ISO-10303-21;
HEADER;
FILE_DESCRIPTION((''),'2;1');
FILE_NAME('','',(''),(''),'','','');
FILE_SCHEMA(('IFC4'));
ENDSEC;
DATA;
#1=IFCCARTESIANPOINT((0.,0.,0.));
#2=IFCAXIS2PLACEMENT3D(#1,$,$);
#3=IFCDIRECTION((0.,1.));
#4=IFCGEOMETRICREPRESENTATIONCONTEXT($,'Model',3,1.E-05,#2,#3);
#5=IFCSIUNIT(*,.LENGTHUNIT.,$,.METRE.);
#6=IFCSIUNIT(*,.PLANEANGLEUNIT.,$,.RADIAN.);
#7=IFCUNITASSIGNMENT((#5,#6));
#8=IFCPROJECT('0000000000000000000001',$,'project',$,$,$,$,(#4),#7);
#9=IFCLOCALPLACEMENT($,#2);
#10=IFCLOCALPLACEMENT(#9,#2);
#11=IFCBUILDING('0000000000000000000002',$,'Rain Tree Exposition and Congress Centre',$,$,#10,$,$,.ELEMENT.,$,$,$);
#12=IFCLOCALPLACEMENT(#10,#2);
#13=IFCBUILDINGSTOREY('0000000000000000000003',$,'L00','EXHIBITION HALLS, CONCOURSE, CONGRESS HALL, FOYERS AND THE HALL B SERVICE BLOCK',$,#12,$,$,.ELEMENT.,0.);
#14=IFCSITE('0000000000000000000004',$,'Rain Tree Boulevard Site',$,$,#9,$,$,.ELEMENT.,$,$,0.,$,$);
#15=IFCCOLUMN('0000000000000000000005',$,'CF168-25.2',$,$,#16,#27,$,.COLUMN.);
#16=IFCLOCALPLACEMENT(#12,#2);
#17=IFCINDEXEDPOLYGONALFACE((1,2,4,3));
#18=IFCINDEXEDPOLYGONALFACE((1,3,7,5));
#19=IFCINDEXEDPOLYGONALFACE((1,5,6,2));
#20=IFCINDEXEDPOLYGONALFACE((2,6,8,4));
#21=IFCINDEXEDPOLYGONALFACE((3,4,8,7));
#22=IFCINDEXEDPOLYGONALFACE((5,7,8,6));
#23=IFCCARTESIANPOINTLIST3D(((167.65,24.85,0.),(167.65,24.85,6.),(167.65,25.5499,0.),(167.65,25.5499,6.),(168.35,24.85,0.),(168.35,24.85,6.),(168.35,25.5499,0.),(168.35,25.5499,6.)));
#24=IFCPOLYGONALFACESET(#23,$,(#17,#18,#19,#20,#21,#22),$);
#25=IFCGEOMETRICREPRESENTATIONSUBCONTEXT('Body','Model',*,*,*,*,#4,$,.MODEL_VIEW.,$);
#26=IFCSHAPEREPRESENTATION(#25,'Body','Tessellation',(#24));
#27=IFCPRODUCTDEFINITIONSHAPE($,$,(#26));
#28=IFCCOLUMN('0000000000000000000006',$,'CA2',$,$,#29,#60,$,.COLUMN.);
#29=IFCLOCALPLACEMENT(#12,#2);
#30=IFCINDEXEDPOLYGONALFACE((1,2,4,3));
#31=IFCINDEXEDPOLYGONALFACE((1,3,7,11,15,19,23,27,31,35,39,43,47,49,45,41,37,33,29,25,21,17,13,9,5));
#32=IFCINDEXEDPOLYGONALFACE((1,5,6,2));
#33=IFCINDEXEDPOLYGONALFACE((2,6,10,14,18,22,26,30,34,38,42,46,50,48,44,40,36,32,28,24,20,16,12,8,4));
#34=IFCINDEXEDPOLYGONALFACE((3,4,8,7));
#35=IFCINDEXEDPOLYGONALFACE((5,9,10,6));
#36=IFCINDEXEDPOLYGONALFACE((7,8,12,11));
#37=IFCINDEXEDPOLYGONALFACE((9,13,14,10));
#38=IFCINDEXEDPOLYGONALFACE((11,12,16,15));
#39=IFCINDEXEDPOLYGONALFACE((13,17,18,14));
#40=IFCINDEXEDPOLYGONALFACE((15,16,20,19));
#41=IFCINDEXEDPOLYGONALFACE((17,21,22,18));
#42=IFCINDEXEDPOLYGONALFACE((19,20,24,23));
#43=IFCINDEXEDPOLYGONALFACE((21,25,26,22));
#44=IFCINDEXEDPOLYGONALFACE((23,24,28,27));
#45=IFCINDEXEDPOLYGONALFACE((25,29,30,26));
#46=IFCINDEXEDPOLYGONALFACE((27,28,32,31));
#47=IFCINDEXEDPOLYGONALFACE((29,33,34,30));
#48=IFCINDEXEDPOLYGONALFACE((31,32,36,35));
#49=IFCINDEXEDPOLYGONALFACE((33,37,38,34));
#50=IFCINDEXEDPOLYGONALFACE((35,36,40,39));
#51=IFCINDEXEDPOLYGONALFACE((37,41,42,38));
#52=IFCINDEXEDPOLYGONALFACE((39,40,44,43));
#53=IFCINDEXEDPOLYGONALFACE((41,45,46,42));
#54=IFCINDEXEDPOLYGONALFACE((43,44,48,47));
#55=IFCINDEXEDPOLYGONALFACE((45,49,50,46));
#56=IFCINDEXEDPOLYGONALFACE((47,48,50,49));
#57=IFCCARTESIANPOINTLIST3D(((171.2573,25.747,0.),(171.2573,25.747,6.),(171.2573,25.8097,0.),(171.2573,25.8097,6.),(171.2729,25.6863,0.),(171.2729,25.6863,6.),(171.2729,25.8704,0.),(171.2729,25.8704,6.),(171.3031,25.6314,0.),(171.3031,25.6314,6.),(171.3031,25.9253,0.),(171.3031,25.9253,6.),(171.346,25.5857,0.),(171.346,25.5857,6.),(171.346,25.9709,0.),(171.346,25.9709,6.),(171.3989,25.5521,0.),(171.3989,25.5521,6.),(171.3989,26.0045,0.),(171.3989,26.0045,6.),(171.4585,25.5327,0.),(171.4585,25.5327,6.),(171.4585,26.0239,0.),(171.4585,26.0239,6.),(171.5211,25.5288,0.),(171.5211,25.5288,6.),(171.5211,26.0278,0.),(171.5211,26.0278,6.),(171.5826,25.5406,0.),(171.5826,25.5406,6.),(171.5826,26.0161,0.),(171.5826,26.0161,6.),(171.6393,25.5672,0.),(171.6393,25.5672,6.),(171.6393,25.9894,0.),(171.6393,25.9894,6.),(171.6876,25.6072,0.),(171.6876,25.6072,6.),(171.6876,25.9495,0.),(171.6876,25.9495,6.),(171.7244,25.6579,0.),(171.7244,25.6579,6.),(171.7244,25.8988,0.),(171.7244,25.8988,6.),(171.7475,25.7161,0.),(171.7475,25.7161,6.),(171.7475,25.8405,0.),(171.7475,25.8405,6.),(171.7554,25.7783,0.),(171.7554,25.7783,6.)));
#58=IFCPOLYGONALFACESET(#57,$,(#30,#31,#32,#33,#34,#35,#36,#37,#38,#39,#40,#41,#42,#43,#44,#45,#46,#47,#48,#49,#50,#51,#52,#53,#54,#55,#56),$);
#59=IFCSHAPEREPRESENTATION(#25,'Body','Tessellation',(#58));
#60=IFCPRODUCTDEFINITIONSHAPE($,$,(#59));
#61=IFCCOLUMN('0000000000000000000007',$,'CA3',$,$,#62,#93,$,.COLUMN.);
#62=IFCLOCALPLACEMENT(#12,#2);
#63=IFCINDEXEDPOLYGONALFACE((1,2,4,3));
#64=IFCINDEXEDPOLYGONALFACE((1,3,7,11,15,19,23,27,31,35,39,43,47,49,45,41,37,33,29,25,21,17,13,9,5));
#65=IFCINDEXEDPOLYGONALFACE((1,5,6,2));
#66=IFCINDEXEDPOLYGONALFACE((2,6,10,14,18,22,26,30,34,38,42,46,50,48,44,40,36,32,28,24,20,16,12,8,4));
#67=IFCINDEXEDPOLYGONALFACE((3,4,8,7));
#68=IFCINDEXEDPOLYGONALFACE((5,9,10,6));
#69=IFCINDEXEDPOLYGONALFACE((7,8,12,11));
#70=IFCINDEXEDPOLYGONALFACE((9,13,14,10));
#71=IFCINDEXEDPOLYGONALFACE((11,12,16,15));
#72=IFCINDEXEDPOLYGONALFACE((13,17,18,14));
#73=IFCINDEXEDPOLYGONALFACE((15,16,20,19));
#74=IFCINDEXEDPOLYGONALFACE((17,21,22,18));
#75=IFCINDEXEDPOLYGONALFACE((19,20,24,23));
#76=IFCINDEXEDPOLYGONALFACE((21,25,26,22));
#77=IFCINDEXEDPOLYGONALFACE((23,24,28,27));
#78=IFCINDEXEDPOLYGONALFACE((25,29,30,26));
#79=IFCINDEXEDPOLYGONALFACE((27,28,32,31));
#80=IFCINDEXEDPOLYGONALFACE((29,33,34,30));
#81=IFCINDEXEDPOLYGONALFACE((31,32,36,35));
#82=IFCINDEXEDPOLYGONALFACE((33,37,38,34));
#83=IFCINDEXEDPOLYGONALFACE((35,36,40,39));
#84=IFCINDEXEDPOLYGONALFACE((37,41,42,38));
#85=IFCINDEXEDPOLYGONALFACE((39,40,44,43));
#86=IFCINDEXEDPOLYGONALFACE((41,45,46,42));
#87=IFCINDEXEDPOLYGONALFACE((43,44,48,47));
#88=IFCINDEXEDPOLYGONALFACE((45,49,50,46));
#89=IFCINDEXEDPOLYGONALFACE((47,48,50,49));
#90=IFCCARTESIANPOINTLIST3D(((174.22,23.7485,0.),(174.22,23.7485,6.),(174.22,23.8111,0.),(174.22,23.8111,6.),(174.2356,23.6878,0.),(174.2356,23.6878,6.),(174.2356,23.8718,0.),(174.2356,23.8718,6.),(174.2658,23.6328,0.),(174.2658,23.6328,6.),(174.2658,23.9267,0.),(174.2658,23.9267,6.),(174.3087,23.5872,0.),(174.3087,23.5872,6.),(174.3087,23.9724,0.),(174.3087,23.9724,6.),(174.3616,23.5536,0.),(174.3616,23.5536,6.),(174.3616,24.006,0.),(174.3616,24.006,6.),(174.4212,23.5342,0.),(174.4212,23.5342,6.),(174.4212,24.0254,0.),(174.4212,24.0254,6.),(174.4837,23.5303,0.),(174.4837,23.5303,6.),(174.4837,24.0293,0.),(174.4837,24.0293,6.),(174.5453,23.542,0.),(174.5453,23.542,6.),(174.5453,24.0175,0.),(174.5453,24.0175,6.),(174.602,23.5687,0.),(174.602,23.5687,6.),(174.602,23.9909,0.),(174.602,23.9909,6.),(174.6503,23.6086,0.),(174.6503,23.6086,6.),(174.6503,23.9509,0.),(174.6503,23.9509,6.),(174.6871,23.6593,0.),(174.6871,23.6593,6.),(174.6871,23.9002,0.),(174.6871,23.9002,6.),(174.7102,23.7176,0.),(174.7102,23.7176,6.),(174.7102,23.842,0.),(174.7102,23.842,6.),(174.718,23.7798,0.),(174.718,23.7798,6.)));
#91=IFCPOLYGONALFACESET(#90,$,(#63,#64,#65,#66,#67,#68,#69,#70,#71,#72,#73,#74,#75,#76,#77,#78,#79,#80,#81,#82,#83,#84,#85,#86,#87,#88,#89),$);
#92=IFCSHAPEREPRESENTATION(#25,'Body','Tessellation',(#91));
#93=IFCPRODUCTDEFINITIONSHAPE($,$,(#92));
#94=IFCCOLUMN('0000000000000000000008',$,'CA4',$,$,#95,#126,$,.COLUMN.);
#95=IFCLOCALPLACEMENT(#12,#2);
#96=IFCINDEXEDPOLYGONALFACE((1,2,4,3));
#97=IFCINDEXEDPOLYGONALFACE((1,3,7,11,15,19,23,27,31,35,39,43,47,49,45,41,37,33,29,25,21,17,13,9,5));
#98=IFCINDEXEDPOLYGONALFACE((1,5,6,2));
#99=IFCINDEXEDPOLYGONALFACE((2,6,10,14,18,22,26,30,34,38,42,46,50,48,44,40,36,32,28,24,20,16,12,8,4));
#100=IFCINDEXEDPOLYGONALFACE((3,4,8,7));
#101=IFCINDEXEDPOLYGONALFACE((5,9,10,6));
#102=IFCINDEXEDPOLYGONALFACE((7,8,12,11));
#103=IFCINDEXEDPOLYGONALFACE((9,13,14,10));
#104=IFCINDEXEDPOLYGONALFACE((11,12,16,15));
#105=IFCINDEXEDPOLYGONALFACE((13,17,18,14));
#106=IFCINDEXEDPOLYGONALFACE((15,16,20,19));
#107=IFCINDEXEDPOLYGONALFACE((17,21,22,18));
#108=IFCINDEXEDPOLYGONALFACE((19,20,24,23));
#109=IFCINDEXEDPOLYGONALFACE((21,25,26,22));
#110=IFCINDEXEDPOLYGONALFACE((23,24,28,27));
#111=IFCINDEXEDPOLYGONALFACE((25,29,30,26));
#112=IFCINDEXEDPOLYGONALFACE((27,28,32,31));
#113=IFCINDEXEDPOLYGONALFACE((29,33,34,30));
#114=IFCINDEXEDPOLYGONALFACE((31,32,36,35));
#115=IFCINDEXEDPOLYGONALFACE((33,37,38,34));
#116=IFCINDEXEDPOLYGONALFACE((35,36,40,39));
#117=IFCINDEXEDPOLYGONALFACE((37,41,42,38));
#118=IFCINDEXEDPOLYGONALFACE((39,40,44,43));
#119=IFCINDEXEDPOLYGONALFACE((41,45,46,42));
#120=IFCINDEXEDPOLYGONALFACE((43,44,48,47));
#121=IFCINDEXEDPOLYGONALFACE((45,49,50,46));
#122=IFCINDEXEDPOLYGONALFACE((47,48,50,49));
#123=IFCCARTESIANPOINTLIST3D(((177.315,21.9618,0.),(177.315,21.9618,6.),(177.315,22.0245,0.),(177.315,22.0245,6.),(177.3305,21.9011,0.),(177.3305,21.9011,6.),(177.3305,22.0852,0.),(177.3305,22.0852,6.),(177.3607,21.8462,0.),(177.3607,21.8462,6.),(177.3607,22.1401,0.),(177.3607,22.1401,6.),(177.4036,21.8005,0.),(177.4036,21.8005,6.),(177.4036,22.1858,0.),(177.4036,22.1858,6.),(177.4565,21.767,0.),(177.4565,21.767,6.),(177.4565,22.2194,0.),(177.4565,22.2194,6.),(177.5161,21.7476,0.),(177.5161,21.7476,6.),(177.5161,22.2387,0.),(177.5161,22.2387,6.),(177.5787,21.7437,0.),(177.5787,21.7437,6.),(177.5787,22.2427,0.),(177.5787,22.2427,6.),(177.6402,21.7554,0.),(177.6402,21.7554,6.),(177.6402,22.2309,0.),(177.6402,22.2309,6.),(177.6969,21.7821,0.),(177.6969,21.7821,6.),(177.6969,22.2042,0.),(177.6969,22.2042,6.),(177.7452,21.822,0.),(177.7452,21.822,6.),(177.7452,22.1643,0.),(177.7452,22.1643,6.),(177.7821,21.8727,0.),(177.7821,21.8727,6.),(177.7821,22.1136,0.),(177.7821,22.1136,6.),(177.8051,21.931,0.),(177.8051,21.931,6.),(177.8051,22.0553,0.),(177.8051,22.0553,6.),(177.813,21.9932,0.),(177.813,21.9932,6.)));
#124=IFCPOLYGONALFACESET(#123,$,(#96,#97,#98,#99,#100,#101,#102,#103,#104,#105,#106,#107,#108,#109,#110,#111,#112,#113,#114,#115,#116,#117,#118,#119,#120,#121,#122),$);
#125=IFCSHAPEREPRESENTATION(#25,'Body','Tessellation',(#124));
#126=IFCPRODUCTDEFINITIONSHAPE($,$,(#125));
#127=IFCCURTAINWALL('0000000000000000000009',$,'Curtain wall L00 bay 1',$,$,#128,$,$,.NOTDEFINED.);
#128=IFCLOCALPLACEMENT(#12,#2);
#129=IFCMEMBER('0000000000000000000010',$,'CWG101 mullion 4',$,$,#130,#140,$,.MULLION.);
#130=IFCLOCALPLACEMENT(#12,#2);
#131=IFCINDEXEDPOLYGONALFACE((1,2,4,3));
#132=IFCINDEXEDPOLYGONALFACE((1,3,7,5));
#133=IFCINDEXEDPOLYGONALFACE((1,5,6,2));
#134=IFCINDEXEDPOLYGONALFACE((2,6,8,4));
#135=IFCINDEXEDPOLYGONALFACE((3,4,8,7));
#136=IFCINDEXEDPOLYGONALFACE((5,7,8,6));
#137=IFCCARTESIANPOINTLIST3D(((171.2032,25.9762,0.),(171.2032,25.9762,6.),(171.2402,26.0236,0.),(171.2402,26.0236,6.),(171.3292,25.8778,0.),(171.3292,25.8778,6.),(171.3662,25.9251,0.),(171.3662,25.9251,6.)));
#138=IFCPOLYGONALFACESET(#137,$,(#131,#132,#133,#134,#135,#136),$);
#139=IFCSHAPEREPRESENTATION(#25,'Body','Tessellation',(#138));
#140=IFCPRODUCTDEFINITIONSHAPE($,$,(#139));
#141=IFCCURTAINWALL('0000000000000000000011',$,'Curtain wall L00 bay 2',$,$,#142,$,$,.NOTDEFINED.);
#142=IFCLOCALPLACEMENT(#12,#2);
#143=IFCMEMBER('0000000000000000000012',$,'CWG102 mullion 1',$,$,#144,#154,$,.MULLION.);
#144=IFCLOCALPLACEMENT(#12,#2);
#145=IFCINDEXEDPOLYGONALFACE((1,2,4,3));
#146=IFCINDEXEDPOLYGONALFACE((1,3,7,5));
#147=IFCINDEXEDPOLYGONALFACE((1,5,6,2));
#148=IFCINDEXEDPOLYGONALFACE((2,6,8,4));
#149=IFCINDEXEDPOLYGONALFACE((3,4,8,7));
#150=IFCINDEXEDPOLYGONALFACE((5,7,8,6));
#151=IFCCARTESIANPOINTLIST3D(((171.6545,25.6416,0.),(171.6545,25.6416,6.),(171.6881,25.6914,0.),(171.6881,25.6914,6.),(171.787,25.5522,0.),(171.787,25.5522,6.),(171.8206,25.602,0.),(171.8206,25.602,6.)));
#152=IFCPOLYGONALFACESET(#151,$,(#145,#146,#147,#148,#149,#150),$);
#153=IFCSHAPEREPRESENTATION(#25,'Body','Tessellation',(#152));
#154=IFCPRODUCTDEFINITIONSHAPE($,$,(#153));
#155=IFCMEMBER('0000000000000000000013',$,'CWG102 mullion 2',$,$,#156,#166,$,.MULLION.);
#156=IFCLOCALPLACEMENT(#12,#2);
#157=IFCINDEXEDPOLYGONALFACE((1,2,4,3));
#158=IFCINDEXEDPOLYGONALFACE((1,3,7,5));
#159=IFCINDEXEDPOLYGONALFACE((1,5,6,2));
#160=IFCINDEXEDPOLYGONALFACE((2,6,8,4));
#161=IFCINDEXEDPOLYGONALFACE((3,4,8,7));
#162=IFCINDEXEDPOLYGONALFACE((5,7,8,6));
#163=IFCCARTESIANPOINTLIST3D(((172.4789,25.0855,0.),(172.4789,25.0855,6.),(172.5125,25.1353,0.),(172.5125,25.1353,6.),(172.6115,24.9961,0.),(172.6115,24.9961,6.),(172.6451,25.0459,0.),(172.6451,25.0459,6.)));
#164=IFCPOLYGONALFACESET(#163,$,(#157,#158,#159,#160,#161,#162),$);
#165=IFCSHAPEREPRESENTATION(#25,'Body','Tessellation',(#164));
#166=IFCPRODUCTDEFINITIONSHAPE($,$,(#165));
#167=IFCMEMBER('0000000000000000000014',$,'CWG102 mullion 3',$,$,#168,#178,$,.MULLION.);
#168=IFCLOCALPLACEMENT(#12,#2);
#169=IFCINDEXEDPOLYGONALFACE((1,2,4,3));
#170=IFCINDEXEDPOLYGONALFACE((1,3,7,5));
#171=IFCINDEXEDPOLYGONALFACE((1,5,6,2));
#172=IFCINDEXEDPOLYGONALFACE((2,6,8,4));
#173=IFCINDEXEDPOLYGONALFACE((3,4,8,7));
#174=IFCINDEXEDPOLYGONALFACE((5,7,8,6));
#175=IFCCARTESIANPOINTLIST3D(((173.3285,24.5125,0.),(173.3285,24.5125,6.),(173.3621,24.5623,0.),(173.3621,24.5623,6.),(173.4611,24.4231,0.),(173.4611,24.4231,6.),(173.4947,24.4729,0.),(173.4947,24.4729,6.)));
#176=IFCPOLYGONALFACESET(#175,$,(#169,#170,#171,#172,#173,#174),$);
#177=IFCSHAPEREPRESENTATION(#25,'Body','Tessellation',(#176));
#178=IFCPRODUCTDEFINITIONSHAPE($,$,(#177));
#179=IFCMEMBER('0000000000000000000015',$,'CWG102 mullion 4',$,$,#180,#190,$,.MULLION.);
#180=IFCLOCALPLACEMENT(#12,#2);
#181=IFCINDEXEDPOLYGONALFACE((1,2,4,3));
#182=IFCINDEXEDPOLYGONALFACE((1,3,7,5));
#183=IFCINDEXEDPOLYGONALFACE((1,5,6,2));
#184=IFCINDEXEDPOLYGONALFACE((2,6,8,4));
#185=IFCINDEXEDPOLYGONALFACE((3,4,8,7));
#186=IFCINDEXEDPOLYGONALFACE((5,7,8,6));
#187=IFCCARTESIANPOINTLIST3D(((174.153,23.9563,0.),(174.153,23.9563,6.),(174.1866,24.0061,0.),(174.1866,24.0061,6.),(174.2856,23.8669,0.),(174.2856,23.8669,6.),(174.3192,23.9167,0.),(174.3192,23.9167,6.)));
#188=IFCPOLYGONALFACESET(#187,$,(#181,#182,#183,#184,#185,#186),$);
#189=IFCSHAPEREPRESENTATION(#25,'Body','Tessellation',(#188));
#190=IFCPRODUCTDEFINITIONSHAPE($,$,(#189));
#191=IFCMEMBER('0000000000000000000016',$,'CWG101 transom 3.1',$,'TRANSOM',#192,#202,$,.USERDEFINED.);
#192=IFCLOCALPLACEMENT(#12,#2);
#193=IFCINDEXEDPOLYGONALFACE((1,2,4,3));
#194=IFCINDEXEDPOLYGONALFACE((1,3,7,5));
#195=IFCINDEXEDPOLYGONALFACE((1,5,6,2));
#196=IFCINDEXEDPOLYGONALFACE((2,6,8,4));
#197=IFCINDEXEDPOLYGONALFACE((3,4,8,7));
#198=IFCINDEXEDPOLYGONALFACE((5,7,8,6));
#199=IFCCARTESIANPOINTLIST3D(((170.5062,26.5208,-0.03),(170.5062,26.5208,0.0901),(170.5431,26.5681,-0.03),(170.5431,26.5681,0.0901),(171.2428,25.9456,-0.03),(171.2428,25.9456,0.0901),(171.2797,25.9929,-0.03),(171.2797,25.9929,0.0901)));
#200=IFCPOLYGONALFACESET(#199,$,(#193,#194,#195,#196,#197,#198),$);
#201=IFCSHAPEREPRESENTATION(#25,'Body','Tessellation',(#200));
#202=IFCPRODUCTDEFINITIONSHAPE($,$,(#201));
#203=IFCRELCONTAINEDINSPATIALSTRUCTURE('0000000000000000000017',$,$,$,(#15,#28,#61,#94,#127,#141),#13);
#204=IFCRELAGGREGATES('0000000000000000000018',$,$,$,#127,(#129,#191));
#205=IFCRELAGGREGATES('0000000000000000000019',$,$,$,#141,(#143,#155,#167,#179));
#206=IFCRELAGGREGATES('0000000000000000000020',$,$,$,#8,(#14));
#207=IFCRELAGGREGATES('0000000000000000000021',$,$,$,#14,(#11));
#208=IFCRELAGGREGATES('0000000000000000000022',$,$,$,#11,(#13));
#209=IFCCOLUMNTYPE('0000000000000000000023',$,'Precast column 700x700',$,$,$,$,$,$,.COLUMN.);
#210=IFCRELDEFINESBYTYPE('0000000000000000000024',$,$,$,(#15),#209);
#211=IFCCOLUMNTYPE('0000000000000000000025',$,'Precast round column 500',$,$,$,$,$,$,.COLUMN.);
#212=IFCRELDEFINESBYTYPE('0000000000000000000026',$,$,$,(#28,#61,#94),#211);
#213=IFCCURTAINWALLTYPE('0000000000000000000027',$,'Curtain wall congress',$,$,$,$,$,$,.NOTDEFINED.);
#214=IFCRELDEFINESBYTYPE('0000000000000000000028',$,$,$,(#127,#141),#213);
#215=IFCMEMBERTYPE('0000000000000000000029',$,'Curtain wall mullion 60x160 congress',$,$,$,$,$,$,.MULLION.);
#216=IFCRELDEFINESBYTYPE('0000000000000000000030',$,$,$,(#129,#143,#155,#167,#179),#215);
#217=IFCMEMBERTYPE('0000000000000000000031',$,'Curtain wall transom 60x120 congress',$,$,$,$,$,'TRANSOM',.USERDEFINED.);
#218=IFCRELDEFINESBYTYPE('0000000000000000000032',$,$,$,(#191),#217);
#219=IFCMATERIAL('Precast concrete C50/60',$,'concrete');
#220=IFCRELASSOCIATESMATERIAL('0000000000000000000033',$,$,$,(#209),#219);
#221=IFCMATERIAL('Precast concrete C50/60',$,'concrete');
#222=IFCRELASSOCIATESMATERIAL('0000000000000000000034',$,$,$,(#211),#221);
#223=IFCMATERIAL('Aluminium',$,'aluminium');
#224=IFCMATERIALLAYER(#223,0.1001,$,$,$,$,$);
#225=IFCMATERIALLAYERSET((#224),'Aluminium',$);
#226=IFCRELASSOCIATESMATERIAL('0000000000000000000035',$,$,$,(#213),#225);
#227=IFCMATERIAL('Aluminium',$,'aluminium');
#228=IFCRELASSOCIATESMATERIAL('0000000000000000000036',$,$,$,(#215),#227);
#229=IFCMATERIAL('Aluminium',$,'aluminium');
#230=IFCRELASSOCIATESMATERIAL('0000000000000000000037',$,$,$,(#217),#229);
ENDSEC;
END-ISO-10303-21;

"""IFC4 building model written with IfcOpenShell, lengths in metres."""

from ifc_helpers import new_model, si_unit, direction, frame, origin, origin_2d, place, context, subcontext, project, spatial, rectangle, circle, extrude, material, layer, layer_set, material_profile, profile_set, type_object, element, aggregate, save


model = new_model("IFC4")

# Units and contexts
model_context = context("Model", 3, precision=1e-05, world=origin(), true_north=direction((0.0, 1.0)))
body_context = subcontext(model_context, "Body", "Model", "MODEL_VIEW")
ifc_project = project(units=[si_unit("LENGTHUNIT", "METRE"), si_unit("PLANEANGLEUNIT", "RADIAN")], contexts=[model_context])

# Site, building, storey
site_placement = place(None, origin())
site = spatial("IfcSite", under=ifc_project, at=site_placement, Name="Rain Tree Boulevard Site", CompositionType="ELEMENT", RefElevation=0.0)
building_placement = place(site_placement, origin())
building = spatial("IfcBuilding", under=site, at=building_placement, Name="Rain Tree Exposition and Congress Centre", CompositionType="ELEMENT")
storey_placement = place(building_placement, origin())
storey = spatial("IfcBuildingStorey", under=building, at=storey_placement, Name="L00", Description="EXHIBITION HALLS, CONCOURSE, CONGRESS HALL, FOYERS AND THE HALL B SERVICE BLOCK", CompositionType="ELEMENT", Elevation=0.0)

# Columns
ifc_material_1 = material(Name="Precast concrete C50/60", Category="concrete")
ifc_material_profile_1 = material_profile(ifc_material_1, rectangle(XDim=0.7, YDim=0.7, at=origin_2d()), Name="RC 700x700")
ifc_profile_set_1 = profile_set([ifc_material_profile_1], Name="Precast concrete C50/60")
column_type_1 = type_object("IfcColumnType", Name="Precast column 700x700", PredefinedType="COLUMN", material=ifc_profile_set_1)
column_placement = place(storey_placement, frame((168.0, 25.2, 0.0), z_axis=(0.0, 0.0, 1.0), x_axis=(1.0, 0.0, 0.0)))
element("IfcColumn", 1, at=column_placement, inside=storey, type_object=column_type_1, Name="CF168-25.2", PredefinedType="COLUMN", context=body_context, shape_type="SweptSolid", body=[
    extrude(rectangle(XDim=0.7, YDim=0.7, at=origin_2d()), origin(), (0.0, 0.0, 1.0), 6.0),
])
ifc_material_2 = material(Name="Precast concrete C50/60", Category="concrete")
ifc_material_profile_2 = material_profile(ifc_material_2, circle(Radius=0.25, at=origin_2d()), Name="RC D500")
ifc_profile_set_2 = profile_set([ifc_material_profile_2], Name="Precast concrete C50/60")
column_type_2 = type_object("IfcColumnType", Name="Precast round column 500", PredefinedType="COLUMN", material=ifc_profile_set_2)
for number, where, z_axis, x_axis, name in (
    (2, (171.5054, 25.7783, 0.0), (0.0, 0.0, 1.0), (1.0, 0.0, 0.0), "CA2"),
    (3, (174.468, 23.7798, 0.0), (0.0, 0.0, 1.0), (1.0, 0.0, 0.0), "CA3"),
    (4, (177.563, 21.9932, 0.0), (0.0, 0.0, 1.0), (1.0, 0.0, 0.0), "CA4"),
):
    element("IfcColumn", number, at=place(storey_placement, frame(where, z_axis=z_axis, x_axis=x_axis)), inside=storey, type_object=column_type_2, Name=name, PredefinedType="COLUMN", context=body_context, shape_type="SweptSolid", body=[
        extrude(circle(Radius=0.25, at=origin_2d()), origin(), (0.0, 0.0, 1.0), 6.0),
    ])

# Curtain wall, member
ifc_material_3 = material(Name="Aluminium", Category="aluminium")
ifc_layer_1 = layer(ifc_material_3, 0.1001)
ifc_layer_set_1 = layer_set([ifc_layer_1], Name="Aluminium")
curtain_wall_type = type_object("IfcCurtainWallType", Name="Curtain wall congress", PredefinedType="NOTDEFINED", material=ifc_layer_set_1)
curtain_wall_1_placement = place(storey_placement, origin())
curtain_wall_1 = element("IfcCurtainWall", 5, at=curtain_wall_1_placement, inside=storey, type_object=curtain_wall_type, Name="Curtain wall L00 bay 1", PredefinedType="NOTDEFINED")
ifc_material_4 = material(Name="Aluminium", Category="aluminium")
ifc_material_profile_3 = material_profile(ifc_material_4, rectangle(XDim=0.0601, YDim=0.1599, at=origin_2d()), Name="AL 60x160")
ifc_profile_set_3 = profile_set([ifc_material_profile_3], Name="Aluminium")
member_type_1 = type_object("IfcMemberType", Name="Curtain wall mullion 60x160 congress", PredefinedType="MULLION", material=ifc_profile_set_3)
member_1_placement = place(storey_placement, frame((171.2847, 25.9507, 0.0), z_axis=(0.0, 0.0, 1.0), x_axis=(0.615671, 0.788003, 0.0)))
member_1 = element("IfcMember", 6, at=member_1_placement, type_object=member_type_1, Name="CWG101 mullion 4", PredefinedType="MULLION", context=body_context, shape_type="SweptSolid", body=[
    extrude(rectangle(XDim=0.0601, YDim=0.1599, at=origin_2d()), origin(), (0.0, 0.0, 1.0), 6.0),
])

# Curtain wall, members
curtain_wall_2_placement = place(storey_placement, origin())
curtain_wall_2 = element("IfcCurtainWall", 7, at=curtain_wall_2_placement, inside=storey, type_object=curtain_wall_type, Name="Curtain wall L00 bay 2", PredefinedType="NOTDEFINED")
member_2_placement = place(storey_placement, frame((171.7375, 25.6218, 0.0), z_axis=(0.0, 0.0, 1.0), x_axis=(0.559197, 0.829035, 0.0)))
member_2 = element("IfcMember", 8, at=member_2_placement, type_object=member_type_1, Name="CWG102 mullion 1", PredefinedType="MULLION", context=body_context, shape_type="SweptSolid", body=[
    extrude(rectangle(XDim=0.0601, YDim=0.1599, at=origin_2d()), origin(), (0.0, 0.0, 1.0), 6.0),
])
member_3_placement = place(storey_placement, frame((172.562, 25.0657, 0.0), z_axis=(0.0, 0.0, 1.0), x_axis=(0.559197, 0.829035, 0.0)))
member_3 = element("IfcMember", 9, at=member_3_placement, type_object=member_type_1, Name="CWG102 mullion 2", PredefinedType="MULLION", context=body_context, shape_type="SweptSolid", body=[
    extrude(rectangle(XDim=0.0601, YDim=0.1599, at=origin_2d()), origin(), (0.0, 0.0, 1.0), 6.0),
])
member_4_placement = place(storey_placement, frame((173.4116, 24.4927, 0.0), z_axis=(0.0, 0.0, 1.0), x_axis=(0.559197, 0.829035, 0.0)))
member_4 = element("IfcMember", 10, at=member_4_placement, type_object=member_type_1, Name="CWG102 mullion 3", PredefinedType="MULLION", context=body_context, shape_type="SweptSolid", body=[
    extrude(rectangle(XDim=0.0601, YDim=0.1599, at=origin_2d()), origin(), (0.0, 0.0, 1.0), 6.0),
])
member_5_placement = place(storey_placement, frame((174.2361, 23.9365, 0.0), z_axis=(0.0, 0.0, 1.0), x_axis=(0.559197, 0.829035, 0.0)))
member_5 = element("IfcMember", 11, at=member_5_placement, type_object=member_type_1, Name="CWG102 mullion 4", PredefinedType="MULLION", context=body_context, shape_type="SweptSolid", body=[
    extrude(rectangle(XDim=0.0601, YDim=0.1599, at=origin_2d()), origin(), (0.0, 0.0, 1.0), 6.0),
])

# Member
ifc_material_5 = material(Name="Aluminium", Category="aluminium")
ifc_material_profile_4 = material_profile(ifc_material_5, rectangle(XDim=0.0601, YDim=0.1201, at=origin_2d()), Name="AL 60x120")
ifc_profile_set_4 = profile_set([ifc_material_profile_4], Name="Aluminium")
member_type_2 = type_object("IfcMemberType", Name="Curtain wall transom 60x120 congress", ElementType="TRANSOM", PredefinedType="USERDEFINED", material=ifc_profile_set_4)
member_6_placement = place(storey_placement, frame((170.5247, 26.5444, 0.03), z_axis=(0.788155, -0.615477, 0.0), x_axis=(0.615477, 0.788155, 0.0)))
member_6 = element("IfcMember", 12, at=member_6_placement, type_object=member_type_2, Name="CWG101 transom 3.1", ObjectType="TRANSOM", PredefinedType="USERDEFINED", context=body_context, shape_type="SweptSolid", body=[
    extrude(rectangle(XDim=0.0601, YDim=0.1201, at=origin_2d()), origin(), (0.0, 0.0, 1.0), 0.9346),
])

aggregate(curtain_wall_1, [member_1, member_6])
aggregate(curtain_wall_2, [member_2, member_3, member_4, member_5])

save(model, "model.ifc")
